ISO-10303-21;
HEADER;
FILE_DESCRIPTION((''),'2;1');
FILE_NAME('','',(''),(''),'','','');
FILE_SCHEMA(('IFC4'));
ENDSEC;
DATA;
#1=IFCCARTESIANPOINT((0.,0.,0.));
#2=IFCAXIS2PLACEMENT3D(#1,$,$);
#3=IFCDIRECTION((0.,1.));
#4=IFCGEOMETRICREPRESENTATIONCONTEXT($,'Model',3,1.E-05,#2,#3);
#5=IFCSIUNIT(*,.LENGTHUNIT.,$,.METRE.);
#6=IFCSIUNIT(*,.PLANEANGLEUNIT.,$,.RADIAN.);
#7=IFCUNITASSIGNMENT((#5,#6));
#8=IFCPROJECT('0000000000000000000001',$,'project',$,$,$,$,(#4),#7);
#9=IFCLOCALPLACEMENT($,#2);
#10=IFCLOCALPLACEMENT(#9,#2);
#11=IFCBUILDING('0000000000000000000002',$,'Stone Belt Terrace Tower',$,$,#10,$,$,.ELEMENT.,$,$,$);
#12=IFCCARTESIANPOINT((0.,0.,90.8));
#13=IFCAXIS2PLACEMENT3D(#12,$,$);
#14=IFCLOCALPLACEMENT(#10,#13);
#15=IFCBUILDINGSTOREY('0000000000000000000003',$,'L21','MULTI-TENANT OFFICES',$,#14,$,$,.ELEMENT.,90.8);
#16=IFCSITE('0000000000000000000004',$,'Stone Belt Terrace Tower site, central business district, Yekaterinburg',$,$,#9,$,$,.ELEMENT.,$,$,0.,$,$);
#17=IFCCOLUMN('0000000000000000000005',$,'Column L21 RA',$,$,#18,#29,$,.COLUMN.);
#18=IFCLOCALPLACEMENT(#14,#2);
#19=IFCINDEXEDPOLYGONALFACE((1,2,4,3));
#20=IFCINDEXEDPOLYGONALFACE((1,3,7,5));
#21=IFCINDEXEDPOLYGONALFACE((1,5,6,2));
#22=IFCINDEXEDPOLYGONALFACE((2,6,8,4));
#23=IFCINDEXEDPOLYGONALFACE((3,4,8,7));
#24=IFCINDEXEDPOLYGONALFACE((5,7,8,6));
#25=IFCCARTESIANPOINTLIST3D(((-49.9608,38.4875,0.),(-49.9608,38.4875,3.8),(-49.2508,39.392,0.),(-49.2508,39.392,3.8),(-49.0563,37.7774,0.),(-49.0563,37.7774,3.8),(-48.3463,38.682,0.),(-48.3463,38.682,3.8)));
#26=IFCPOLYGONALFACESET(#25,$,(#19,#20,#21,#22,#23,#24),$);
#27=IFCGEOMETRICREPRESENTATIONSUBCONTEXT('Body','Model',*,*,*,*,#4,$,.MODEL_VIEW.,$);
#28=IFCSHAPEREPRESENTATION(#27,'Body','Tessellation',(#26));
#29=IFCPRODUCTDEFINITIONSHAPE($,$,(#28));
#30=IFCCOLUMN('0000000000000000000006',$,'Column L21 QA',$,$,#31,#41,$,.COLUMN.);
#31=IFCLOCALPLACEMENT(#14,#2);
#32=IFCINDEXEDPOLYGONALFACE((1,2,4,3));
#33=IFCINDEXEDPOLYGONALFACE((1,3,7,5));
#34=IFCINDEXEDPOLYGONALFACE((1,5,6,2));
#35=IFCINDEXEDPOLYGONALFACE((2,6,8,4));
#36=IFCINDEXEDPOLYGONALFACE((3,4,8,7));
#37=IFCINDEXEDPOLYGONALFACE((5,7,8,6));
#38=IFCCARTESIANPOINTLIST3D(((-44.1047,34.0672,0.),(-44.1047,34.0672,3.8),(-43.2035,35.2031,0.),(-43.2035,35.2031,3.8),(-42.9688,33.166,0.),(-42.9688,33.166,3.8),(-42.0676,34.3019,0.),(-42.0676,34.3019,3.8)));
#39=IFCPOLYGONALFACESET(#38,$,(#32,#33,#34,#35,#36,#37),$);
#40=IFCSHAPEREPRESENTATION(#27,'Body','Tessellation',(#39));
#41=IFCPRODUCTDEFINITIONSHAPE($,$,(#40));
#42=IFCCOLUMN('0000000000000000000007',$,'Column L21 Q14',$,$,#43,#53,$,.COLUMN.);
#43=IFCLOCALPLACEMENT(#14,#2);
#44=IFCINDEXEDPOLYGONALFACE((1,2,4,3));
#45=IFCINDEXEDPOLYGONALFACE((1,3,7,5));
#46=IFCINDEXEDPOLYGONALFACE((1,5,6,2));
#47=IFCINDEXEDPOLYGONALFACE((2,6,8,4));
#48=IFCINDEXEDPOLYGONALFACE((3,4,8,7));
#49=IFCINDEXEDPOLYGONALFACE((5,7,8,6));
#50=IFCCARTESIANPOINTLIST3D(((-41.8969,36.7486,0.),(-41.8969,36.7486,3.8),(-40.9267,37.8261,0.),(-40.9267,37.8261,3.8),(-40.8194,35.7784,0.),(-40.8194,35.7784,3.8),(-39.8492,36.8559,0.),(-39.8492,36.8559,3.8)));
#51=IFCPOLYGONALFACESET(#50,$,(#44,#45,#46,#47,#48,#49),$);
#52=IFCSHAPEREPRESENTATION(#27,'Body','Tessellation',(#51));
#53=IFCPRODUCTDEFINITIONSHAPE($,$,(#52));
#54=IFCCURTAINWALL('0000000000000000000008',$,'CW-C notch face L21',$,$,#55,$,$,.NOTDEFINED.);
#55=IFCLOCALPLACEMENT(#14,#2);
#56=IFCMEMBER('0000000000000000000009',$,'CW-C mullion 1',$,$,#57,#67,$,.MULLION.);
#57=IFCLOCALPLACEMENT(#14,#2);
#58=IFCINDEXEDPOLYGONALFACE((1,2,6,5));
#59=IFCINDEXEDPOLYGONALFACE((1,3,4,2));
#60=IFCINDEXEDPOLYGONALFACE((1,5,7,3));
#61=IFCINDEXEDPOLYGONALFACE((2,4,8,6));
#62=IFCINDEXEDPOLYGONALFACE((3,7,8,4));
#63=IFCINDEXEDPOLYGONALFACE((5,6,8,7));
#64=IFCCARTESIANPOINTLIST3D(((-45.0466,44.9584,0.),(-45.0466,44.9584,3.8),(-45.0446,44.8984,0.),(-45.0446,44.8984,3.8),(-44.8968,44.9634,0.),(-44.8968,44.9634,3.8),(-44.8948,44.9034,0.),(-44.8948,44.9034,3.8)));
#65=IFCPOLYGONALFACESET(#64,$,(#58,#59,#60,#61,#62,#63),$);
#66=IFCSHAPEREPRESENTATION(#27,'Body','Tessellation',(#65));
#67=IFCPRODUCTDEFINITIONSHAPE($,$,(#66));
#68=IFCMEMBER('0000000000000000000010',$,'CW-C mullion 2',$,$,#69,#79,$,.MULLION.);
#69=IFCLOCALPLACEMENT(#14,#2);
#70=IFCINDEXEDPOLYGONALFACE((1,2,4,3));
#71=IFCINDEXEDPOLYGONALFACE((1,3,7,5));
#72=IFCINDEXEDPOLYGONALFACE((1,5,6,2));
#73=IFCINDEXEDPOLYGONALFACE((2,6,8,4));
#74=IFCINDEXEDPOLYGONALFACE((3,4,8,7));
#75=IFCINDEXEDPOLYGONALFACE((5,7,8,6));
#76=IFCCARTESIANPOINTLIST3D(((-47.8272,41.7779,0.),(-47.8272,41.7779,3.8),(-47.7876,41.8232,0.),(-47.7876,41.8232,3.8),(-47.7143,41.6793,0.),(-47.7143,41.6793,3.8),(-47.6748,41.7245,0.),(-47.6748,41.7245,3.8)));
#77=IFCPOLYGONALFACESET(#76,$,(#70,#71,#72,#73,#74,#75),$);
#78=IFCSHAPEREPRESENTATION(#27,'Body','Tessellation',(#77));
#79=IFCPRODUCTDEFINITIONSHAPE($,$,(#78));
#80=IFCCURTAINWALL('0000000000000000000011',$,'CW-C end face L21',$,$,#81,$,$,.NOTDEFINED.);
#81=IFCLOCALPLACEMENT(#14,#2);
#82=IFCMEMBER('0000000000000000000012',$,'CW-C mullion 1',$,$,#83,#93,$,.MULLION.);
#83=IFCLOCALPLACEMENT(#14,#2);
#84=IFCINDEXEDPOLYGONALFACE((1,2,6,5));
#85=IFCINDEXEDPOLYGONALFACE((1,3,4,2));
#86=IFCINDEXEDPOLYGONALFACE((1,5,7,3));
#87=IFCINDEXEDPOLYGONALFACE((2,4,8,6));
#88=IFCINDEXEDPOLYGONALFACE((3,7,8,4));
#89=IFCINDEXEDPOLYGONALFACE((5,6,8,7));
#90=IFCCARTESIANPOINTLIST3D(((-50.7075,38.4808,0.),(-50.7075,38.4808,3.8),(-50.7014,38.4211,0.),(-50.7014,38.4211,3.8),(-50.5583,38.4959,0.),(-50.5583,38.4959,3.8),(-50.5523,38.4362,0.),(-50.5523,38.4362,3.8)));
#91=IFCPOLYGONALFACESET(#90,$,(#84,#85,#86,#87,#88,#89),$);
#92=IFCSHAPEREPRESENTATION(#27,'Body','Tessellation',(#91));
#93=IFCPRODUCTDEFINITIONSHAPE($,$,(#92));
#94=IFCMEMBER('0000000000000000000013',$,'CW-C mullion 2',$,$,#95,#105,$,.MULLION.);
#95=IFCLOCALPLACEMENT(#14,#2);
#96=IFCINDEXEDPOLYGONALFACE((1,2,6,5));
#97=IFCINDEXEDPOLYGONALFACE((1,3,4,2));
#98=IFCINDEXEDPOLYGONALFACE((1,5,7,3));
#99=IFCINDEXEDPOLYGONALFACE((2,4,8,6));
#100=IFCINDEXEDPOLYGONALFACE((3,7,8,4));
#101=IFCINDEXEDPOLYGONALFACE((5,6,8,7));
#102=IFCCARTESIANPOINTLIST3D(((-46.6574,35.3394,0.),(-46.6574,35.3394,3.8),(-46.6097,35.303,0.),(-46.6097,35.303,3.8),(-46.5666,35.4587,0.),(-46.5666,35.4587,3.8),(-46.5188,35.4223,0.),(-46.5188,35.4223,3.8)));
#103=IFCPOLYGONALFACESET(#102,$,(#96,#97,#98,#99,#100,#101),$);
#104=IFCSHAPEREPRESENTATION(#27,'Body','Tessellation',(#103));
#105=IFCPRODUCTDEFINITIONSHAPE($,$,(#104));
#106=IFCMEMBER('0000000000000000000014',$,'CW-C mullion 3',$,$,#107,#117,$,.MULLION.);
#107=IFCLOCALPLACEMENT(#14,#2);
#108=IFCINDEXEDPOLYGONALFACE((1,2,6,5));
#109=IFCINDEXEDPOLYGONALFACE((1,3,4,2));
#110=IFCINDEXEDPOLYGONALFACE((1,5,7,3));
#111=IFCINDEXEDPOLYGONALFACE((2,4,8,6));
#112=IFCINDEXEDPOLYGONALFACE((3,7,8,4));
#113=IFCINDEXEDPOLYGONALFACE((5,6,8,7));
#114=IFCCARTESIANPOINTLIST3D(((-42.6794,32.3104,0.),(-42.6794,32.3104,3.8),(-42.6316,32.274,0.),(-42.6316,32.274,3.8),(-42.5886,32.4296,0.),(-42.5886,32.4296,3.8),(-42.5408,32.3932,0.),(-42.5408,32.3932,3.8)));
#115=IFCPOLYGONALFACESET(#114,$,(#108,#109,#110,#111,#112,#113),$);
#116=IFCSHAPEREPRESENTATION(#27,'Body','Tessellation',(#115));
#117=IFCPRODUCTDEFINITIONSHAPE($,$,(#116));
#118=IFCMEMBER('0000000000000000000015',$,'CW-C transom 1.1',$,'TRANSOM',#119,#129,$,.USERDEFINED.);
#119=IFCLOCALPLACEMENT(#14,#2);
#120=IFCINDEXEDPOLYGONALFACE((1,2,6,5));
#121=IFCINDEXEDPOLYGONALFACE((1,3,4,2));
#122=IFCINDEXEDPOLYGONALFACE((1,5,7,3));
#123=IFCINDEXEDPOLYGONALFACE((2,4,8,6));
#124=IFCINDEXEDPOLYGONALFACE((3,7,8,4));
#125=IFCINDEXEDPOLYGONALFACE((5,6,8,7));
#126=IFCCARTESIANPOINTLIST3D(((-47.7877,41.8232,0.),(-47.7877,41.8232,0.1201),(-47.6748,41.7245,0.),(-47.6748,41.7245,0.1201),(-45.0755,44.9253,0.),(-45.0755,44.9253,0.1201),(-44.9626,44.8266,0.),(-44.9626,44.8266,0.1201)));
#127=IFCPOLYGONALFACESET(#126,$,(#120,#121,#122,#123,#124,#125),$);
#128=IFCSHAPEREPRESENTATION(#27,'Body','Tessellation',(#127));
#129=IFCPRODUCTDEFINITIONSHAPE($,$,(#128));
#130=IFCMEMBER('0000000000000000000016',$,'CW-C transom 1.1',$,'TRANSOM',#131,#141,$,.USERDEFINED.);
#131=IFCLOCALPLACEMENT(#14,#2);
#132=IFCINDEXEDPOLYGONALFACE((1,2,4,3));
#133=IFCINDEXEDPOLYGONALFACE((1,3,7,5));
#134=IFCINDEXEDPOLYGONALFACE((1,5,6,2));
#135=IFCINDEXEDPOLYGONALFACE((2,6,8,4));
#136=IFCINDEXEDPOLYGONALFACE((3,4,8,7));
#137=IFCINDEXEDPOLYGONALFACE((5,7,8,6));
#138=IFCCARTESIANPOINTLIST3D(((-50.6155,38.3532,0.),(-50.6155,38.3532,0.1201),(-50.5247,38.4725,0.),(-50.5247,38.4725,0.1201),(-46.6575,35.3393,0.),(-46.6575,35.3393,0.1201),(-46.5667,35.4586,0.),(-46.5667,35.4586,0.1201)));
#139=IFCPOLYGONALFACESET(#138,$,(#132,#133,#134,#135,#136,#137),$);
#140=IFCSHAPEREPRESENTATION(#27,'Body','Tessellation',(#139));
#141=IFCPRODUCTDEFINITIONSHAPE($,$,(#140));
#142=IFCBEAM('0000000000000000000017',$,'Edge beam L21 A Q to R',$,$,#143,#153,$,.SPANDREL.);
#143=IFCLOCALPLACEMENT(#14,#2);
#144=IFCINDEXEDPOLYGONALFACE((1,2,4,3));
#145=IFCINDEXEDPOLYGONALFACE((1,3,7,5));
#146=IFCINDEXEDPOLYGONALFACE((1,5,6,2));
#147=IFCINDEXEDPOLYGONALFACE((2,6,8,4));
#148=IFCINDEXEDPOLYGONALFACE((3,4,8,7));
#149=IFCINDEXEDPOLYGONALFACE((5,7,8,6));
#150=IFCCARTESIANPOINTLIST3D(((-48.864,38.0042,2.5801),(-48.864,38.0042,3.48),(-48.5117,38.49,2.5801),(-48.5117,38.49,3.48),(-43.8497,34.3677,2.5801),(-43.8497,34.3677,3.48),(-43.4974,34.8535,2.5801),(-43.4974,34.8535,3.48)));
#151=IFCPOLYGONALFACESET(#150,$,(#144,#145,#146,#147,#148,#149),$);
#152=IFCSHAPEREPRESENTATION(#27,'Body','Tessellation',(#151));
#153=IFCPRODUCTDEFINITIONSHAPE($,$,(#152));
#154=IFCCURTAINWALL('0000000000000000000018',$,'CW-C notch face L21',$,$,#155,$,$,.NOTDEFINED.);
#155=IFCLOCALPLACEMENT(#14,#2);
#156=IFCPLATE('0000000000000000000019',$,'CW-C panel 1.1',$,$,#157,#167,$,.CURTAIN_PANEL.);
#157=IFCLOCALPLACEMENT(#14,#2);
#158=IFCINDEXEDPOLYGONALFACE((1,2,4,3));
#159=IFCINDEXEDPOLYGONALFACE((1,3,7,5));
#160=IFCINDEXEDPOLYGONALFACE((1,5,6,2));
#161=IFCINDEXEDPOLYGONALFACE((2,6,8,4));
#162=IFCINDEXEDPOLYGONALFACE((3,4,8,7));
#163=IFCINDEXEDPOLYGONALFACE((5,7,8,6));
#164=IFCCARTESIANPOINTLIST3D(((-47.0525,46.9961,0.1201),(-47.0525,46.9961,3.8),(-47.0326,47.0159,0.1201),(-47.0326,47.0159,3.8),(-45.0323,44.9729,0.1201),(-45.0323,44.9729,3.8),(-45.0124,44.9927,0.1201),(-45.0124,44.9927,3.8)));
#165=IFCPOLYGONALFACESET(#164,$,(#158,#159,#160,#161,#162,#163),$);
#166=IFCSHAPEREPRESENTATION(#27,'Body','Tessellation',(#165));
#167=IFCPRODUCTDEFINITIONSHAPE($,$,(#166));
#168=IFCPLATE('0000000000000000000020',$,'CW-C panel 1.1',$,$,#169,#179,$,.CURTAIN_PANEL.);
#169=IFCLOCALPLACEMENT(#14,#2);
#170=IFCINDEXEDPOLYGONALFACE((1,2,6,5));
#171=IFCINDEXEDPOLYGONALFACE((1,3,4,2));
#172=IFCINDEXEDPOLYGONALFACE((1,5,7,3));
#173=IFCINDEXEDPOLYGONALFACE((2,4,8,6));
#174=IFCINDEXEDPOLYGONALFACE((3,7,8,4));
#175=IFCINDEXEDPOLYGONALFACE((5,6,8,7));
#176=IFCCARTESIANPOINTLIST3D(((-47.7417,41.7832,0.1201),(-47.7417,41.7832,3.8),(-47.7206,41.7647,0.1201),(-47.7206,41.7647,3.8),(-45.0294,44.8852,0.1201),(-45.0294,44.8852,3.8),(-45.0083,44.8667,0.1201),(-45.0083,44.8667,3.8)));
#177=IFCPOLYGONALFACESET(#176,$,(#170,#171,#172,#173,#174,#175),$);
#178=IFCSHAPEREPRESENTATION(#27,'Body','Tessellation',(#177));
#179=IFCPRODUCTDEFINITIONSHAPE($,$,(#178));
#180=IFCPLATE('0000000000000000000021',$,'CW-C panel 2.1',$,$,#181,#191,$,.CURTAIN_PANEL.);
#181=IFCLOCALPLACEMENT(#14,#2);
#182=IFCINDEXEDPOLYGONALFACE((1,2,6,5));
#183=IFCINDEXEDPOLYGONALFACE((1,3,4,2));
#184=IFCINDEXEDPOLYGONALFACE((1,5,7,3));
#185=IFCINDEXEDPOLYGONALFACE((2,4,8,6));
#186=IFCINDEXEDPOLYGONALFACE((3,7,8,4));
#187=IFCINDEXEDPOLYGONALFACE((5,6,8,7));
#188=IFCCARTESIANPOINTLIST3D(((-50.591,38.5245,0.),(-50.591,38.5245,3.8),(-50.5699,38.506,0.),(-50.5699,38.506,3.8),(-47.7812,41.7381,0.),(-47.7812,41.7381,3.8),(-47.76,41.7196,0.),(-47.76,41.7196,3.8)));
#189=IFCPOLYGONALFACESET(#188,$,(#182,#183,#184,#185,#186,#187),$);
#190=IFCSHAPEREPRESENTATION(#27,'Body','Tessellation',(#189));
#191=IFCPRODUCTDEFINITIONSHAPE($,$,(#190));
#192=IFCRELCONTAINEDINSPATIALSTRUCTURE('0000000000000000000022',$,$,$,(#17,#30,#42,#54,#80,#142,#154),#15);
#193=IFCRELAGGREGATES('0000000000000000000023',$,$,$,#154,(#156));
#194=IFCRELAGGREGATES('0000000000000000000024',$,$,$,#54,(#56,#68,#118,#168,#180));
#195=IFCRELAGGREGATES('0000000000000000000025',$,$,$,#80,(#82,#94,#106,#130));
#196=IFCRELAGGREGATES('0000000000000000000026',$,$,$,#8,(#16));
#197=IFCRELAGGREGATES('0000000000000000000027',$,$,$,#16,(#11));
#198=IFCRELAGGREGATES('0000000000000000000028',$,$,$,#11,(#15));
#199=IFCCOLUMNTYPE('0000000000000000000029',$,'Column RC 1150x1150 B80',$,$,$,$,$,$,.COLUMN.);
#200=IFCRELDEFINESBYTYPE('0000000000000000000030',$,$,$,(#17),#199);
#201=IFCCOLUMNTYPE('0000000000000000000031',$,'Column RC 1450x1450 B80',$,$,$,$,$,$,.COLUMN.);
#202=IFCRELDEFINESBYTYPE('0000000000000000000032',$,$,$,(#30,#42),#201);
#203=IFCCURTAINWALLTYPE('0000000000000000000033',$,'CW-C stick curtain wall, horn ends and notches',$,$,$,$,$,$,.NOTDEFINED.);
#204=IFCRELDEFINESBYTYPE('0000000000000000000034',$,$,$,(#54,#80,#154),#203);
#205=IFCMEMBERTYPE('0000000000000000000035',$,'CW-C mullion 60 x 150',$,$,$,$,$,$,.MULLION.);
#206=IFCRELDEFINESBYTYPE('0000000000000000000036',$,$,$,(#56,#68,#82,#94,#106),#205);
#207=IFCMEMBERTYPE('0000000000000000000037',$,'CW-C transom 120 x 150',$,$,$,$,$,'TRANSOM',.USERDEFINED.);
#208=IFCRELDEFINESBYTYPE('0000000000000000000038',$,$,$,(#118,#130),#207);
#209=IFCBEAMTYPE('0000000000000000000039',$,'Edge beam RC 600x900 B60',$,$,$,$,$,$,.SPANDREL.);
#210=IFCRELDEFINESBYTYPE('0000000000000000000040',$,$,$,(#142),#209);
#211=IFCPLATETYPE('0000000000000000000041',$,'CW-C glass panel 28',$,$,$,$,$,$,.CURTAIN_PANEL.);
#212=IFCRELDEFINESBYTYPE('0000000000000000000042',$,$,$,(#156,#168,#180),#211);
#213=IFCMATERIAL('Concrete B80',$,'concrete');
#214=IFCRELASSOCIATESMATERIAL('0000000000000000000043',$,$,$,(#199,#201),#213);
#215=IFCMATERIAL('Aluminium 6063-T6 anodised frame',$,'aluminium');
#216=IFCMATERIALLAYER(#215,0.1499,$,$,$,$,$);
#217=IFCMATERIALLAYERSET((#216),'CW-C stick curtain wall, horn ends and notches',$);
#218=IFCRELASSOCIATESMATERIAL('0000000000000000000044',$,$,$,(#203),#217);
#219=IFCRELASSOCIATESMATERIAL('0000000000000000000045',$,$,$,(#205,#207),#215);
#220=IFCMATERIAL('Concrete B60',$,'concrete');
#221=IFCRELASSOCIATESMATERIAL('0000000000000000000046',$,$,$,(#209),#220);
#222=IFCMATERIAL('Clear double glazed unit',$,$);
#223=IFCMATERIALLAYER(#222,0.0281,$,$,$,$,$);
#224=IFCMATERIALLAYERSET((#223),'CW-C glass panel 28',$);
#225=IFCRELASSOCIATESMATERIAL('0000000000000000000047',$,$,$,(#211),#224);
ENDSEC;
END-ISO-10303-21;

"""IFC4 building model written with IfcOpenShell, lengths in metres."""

from ifc_helpers import new_model, si_unit, direction, frame, origin, origin_2d, place, context, subcontext, project, spatial, rectangle, extrude, material, layer, layer_set, material_profile, profile_set, type_object, element, aggregate, save


model = new_model("IFC4")

# Units and contexts
model_context = context("Model", 3, precision=1e-05, world=origin(), true_north=direction((0.0, 1.0)))
body_context = subcontext(model_context, "Body", "Model", "MODEL_VIEW")
ifc_project = project(units=[si_unit("LENGTHUNIT", "METRE"), si_unit("PLANEANGLEUNIT", "RADIAN")], contexts=[model_context])

# Site, building, storey
site_placement = place(None, origin())
site = spatial("IfcSite", under=ifc_project, at=site_placement, Name="Stone Belt Terrace Tower site, central business district, Yekaterinburg", CompositionType="ELEMENT", RefElevation=0.0)
building_placement = place(site_placement, origin())
building = spatial("IfcBuilding", under=site, at=building_placement, Name="Stone Belt Terrace Tower", CompositionType="ELEMENT")
storey_placement = place(building_placement, frame((0.0, 0.0, 90.8)))
storey = spatial("IfcBuildingStorey", under=building, at=storey_placement, Name="L21", Description="MULTI-TENANT OFFICES", CompositionType="ELEMENT", Elevation=90.8)

# Columns
ifc_material_1 = material(Name="Concrete B80", Category="concrete")
ifc_material_profile_1 = material_profile(ifc_material_1, rectangle(XDim=1.1499, YDim=1.1499, at=origin_2d()), Name="RC 1150x1150")
ifc_profile_set_1 = profile_set([ifc_material_profile_1], Name="Concrete B80")
column_type_1 = type_object("IfcColumnType", Name="Column RC 1150x1150 B80", PredefinedType="COLUMN", material=ifc_profile_set_1)
column_placement = place(storey_placement, frame((-49.1536, 38.5847, 0.0), z_axis=(0.0, 0.0, 1.0), x_axis=(0.617467, 0.786597, 0.0)))
element("IfcColumn", 1, at=column_placement, inside=storey, type_object=column_type_1, Name="Column L21 RA", PredefinedType="COLUMN", context=body_context, shape_type="SweptSolid", body=[
    extrude(rectangle(XDim=1.1499, YDim=1.1499, at=origin_2d()), origin(), (0.0, 0.0, 1.0), 3.8),
])
ifc_material_profile_2 = material_profile(ifc_material_1, rectangle(XDim=1.45, YDim=1.45, at=origin_2d()), Name="RC 1450x1450")
ifc_profile_set_2 = profile_set([ifc_material_profile_2], Name="Concrete B80")
column_type_2 = type_object("IfcColumnType", Name="Column RC 1450x1450 B80", PredefinedType="COLUMN", material=ifc_profile_set_2)
for number, where, z_axis, x_axis, name in (
    (2, (-43.0862, 34.1846, 0.0), (0.0, 0.0, 1.0), (0.621539, 0.783383, 0.0), "Column L21 QA"),
    (3, (-40.873, 36.8022, 0.0), (0.0, 0.0, 1.0), (0.669131, 0.743145, 0.0), "Column L21 Q14"),
):
    element("IfcColumn", number, at=place(storey_placement, frame(where, z_axis=z_axis, x_axis=x_axis)), inside=storey, type_object=column_type_2, Name=name, PredefinedType="COLUMN", context=body_context, shape_type="SweptSolid", body=[
        extrude(rectangle(XDim=1.45, YDim=1.45, at=origin_2d()), origin(), (0.0, 0.0, 1.0), 3.8),
    ])

# Curtain walls, members
ifc_material_2 = material(Name="Aluminium 6063-T6 anodised frame", Category="aluminium")
ifc_layer_1 = layer(ifc_material_2, 0.1499)
ifc_layer_set_1 = layer_set([ifc_layer_1], Name="CW-C stick curtain wall, horn ends and notches")
curtain_wall_type = type_object("IfcCurtainWallType", Name="CW-C stick curtain wall, horn ends and notches", PredefinedType="NOTDEFINED", material=ifc_layer_set_1)
curtain_wall_1_placement = place(storey_placement, origin())
curtain_wall_1 = element("IfcCurtainWall", 4, at=curtain_wall_1_placement, inside=storey, type_object=curtain_wall_type, Name="CW-C notch face L21", PredefinedType="NOTDEFINED")
ifc_material_profile_3 = material_profile(ifc_material_2, rectangle(XDim=0.1499, YDim=0.0601, at=origin_2d()), Name="Aluminium 6063-T6 60x150")
ifc_profile_set_3 = profile_set([ifc_material_profile_3], Name="Aluminium 6063-T6 anodised frame")
member_type_1 = type_object("IfcMemberType", Name="CW-C mullion 60 x 150", PredefinedType="MULLION", material=ifc_profile_set_3)
member_1_placement = place(storey_placement, frame((-44.9707, 44.9309, 0.0), z_axis=(0.0, 0.0, 1.0), x_axis=(0.999452, 0.033092, 0.0)))
member_1 = element("IfcMember", 5, at=member_1_placement, type_object=member_type_1, Name="CW-C mullion 1", PredefinedType="MULLION", context=body_context, shape_type="SweptSolid", body=[
    extrude(rectangle(XDim=0.1499, YDim=0.0601, at=origin_2d()), origin(), (0.0, 0.0, 1.0), 3.8),
])
member_2_placement = place(storey_placement, frame((-47.751, 41.7512, 0.0), z_axis=(0.0, 0.0, 1.0), x_axis=(0.752817, -0.65823, 0.0)))
member_2 = element("IfcMember", 6, at=member_2_placement, type_object=member_type_1, Name="CW-C mullion 2", PredefinedType="MULLION", context=body_context, shape_type="SweptSolid", body=[
    extrude(rectangle(XDim=0.1499, YDim=0.0601, at=origin_2d()), origin(), (0.0, 0.0, 1.0), 3.8),
])
curtain_wall_2_placement = place(storey_placement, origin())
curtain_wall_2 = element("IfcCurtainWall", 7, at=curtain_wall_2_placement, inside=storey, type_object=curtain_wall_type, Name="CW-C end face L21", PredefinedType="NOTDEFINED")
member_3_placement = place(storey_placement, frame((-50.6299, 38.4585, 0.0), z_axis=(0.0, 0.0, 1.0), x_axis=(0.994927, 0.100597, 0.0)))
member_3 = element("IfcMember", 8, at=member_3_placement, type_object=member_type_1, Name="CW-C mullion 1", PredefinedType="MULLION", context=body_context, shape_type="SweptSolid", body=[
    extrude(rectangle(XDim=0.1499, YDim=0.0601, at=origin_2d()), origin(), (0.0, 0.0, 1.0), 3.8),
])
member_4_placement = place(storey_placement, frame((-46.5881, 35.3809, 0.0), z_axis=(0.0, 0.0, 1.0), x_axis=(0.60582, 0.795602, 0.0)))
member_4 = element("IfcMember", 9, at=member_4_placement, type_object=member_type_1, Name="CW-C mullion 2", PredefinedType="MULLION", context=body_context, shape_type="SweptSolid", body=[
    extrude(rectangle(XDim=0.1499, YDim=0.0601, at=origin_2d()), origin(), (0.0, 0.0, 1.0), 3.8),
])
member_5_placement = place(storey_placement, frame((-42.6101, 32.3518, 0.0), z_axis=(0.0, 0.0, 1.0), x_axis=(0.60582, 0.795602, 0.0)))
member_5 = element("IfcMember", 10, at=member_5_placement, type_object=member_type_1, Name="CW-C mullion 3", PredefinedType="MULLION", context=body_context, shape_type="SweptSolid", body=[
    extrude(rectangle(XDim=0.1499, YDim=0.0601, at=origin_2d()), origin(), (0.0, 0.0, 1.0), 3.8),
])

# Members
ifc_material_profile_4 = material_profile(ifc_material_2, rectangle(XDim=0.1499, YDim=0.1201, at=origin_2d()), Name="Aluminium 6063-T6 150x120")
ifc_profile_set_4 = profile_set([ifc_material_profile_4], Name="Aluminium 6063-T6 anodised frame")
member_type_2 = type_object("IfcMemberType", Name="CW-C transom 120 x 150", ElementType="TRANSOM", PredefinedType="USERDEFINED", material=ifc_profile_set_4)
member_6_placement = place(storey_placement, frame((-45.019, 44.876, 0.0601), z_axis=(-0.658211, -0.752834, 0.0), x_axis=(0.752834, -0.658211, 0.0)))
member_6 = element("IfcMember", 11, at=member_6_placement, type_object=member_type_2, Name="CW-C transom 1.1", ObjectType="TRANSOM", PredefinedType="USERDEFINED", context=body_context, shape_type="SweptSolid", body=[
    extrude(rectangle(XDim=0.1499, YDim=0.1201, at=origin_2d()), origin(), (0.0, 0.0, 1.0), 4.1206),
])
member_7_placement = place(storey_placement, frame((-50.5701, 38.4128, 0.0601), z_axis=(0.795597, -0.605826, 0.0), x_axis=(0.605826, 0.795597, 0.0)))
member_7 = element("IfcMember", 12, at=member_7_placement, type_object=member_type_2, Name="CW-C transom 1.1", ObjectType="TRANSOM", PredefinedType="USERDEFINED", context=body_context, shape_type="SweptSolid", body=[
    extrude(rectangle(XDim=0.1499, YDim=0.1201, at=origin_2d()), origin(), (0.0, 0.0, 1.0), 4.9749),
])

# Beam
ifc_material_3 = material(Name="Concrete B60", Category="concrete")
ifc_material_profile_5 = material_profile(ifc_material_3, rectangle(XDim=0.6001, YDim=0.8999, at=origin_2d()), Name="RC 600x900")
ifc_profile_set_5 = profile_set([ifc_material_profile_5], Name="Concrete B60")
beam_type = type_object("IfcBeamType", Name="Edge beam RC 600x900 B60", PredefinedType="SPANDREL", material=ifc_profile_set_5)
beam_placement = place(storey_placement, frame((-43.6736, 34.6106, 3.03), z_axis=(-0.809518, 0.587095, 0.0), x_axis=(-0.587095, -0.809518, 0.0)))
element("IfcBeam", 13, at=beam_placement, inside=storey, type_object=beam_type, Name="Edge beam L21 A Q to R", PredefinedType="SPANDREL", context=body_context, shape_type="SweptSolid", body=[
    extrude(rectangle(XDim=0.6001, YDim=0.8999, at=origin_2d()), origin(), (0.0, 0.0, 1.0), 6.1941),
])

# Curtain wall, plate
curtain_wall_3_placement = place(storey_placement, origin())
curtain_wall_3 = element("IfcCurtainWall", 14, at=curtain_wall_3_placement, inside=storey, type_object=curtain_wall_type, Name="CW-C notch face L21", PredefinedType="NOTDEFINED")
ifc_material_4 = material(Name="Clear double glazed unit")
ifc_layer_2 = layer(ifc_material_4, 0.0281)
ifc_layer_set_2 = layer_set([ifc_layer_2], Name="CW-C glass panel 28")
plate_type = type_object("IfcPlateType", Name="CW-C glass panel 28", PredefinedType="CURTAIN_PANEL", material=ifc_layer_set_2)
plate_1_placement = place(storey_placement, frame((-46.0325, 45.9944, 0.1201), z_axis=(0.0, 0.0, 1.0), x_axis=(0.706586, -0.707627, 0.0)))
plate_1 = element("IfcPlate", 15, at=plate_1_placement, type_object=plate_type, Name="CW-C panel 1.1", PredefinedType="CURTAIN_PANEL", context=body_context, shape_type="SweptSolid", body=[
    extrude(rectangle(XDim=2.8591, YDim=0.0281, at=origin_2d()), origin(), (0.0, 0.0, 1.0), 3.6799),
])
aggregate(curtain_wall_3, [plate_1])

# Plates
plate_2_placement = place(storey_placement, frame((-46.375, 43.325, 0.1201), z_axis=(0.0, 0.0, 1.0), x_axis=(-0.65823, -0.752817, 0.0)))
plate_2 = element("IfcPlate", 16, at=plate_2_placement, type_object=plate_type, Name="CW-C panel 1.1", PredefinedType="CURTAIN_PANEL", context=body_context, shape_type="SweptSolid", body=[
    extrude(rectangle(XDim=4.1206, YDim=0.0281, at=origin_2d()), origin(), (0.0, 0.0, 1.0), 3.6799),
])
plate_3_placement = place(storey_placement, frame((-49.1755, 40.1221, 0.0), z_axis=(0.0, 0.0, 1.0), x_axis=(-0.65823, -0.752817, 0.0)))
plate_3 = element("IfcPlate", 17, at=plate_3_placement, type_object=plate_type, Name="CW-C panel 2.1", PredefinedType="CURTAIN_PANEL", context=body_context, shape_type="SweptSolid", body=[
    extrude(rectangle(XDim=4.2688, YDim=0.0281, at=origin_2d()), origin(), (0.0, 0.0, 1.0), 3.8),
])
aggregate(curtain_wall_1, [member_1, member_2, member_6, plate_2, plate_3])
aggregate(curtain_wall_2, [member_3, member_4, member_5, member_7])

save(model, "model.ifc")
